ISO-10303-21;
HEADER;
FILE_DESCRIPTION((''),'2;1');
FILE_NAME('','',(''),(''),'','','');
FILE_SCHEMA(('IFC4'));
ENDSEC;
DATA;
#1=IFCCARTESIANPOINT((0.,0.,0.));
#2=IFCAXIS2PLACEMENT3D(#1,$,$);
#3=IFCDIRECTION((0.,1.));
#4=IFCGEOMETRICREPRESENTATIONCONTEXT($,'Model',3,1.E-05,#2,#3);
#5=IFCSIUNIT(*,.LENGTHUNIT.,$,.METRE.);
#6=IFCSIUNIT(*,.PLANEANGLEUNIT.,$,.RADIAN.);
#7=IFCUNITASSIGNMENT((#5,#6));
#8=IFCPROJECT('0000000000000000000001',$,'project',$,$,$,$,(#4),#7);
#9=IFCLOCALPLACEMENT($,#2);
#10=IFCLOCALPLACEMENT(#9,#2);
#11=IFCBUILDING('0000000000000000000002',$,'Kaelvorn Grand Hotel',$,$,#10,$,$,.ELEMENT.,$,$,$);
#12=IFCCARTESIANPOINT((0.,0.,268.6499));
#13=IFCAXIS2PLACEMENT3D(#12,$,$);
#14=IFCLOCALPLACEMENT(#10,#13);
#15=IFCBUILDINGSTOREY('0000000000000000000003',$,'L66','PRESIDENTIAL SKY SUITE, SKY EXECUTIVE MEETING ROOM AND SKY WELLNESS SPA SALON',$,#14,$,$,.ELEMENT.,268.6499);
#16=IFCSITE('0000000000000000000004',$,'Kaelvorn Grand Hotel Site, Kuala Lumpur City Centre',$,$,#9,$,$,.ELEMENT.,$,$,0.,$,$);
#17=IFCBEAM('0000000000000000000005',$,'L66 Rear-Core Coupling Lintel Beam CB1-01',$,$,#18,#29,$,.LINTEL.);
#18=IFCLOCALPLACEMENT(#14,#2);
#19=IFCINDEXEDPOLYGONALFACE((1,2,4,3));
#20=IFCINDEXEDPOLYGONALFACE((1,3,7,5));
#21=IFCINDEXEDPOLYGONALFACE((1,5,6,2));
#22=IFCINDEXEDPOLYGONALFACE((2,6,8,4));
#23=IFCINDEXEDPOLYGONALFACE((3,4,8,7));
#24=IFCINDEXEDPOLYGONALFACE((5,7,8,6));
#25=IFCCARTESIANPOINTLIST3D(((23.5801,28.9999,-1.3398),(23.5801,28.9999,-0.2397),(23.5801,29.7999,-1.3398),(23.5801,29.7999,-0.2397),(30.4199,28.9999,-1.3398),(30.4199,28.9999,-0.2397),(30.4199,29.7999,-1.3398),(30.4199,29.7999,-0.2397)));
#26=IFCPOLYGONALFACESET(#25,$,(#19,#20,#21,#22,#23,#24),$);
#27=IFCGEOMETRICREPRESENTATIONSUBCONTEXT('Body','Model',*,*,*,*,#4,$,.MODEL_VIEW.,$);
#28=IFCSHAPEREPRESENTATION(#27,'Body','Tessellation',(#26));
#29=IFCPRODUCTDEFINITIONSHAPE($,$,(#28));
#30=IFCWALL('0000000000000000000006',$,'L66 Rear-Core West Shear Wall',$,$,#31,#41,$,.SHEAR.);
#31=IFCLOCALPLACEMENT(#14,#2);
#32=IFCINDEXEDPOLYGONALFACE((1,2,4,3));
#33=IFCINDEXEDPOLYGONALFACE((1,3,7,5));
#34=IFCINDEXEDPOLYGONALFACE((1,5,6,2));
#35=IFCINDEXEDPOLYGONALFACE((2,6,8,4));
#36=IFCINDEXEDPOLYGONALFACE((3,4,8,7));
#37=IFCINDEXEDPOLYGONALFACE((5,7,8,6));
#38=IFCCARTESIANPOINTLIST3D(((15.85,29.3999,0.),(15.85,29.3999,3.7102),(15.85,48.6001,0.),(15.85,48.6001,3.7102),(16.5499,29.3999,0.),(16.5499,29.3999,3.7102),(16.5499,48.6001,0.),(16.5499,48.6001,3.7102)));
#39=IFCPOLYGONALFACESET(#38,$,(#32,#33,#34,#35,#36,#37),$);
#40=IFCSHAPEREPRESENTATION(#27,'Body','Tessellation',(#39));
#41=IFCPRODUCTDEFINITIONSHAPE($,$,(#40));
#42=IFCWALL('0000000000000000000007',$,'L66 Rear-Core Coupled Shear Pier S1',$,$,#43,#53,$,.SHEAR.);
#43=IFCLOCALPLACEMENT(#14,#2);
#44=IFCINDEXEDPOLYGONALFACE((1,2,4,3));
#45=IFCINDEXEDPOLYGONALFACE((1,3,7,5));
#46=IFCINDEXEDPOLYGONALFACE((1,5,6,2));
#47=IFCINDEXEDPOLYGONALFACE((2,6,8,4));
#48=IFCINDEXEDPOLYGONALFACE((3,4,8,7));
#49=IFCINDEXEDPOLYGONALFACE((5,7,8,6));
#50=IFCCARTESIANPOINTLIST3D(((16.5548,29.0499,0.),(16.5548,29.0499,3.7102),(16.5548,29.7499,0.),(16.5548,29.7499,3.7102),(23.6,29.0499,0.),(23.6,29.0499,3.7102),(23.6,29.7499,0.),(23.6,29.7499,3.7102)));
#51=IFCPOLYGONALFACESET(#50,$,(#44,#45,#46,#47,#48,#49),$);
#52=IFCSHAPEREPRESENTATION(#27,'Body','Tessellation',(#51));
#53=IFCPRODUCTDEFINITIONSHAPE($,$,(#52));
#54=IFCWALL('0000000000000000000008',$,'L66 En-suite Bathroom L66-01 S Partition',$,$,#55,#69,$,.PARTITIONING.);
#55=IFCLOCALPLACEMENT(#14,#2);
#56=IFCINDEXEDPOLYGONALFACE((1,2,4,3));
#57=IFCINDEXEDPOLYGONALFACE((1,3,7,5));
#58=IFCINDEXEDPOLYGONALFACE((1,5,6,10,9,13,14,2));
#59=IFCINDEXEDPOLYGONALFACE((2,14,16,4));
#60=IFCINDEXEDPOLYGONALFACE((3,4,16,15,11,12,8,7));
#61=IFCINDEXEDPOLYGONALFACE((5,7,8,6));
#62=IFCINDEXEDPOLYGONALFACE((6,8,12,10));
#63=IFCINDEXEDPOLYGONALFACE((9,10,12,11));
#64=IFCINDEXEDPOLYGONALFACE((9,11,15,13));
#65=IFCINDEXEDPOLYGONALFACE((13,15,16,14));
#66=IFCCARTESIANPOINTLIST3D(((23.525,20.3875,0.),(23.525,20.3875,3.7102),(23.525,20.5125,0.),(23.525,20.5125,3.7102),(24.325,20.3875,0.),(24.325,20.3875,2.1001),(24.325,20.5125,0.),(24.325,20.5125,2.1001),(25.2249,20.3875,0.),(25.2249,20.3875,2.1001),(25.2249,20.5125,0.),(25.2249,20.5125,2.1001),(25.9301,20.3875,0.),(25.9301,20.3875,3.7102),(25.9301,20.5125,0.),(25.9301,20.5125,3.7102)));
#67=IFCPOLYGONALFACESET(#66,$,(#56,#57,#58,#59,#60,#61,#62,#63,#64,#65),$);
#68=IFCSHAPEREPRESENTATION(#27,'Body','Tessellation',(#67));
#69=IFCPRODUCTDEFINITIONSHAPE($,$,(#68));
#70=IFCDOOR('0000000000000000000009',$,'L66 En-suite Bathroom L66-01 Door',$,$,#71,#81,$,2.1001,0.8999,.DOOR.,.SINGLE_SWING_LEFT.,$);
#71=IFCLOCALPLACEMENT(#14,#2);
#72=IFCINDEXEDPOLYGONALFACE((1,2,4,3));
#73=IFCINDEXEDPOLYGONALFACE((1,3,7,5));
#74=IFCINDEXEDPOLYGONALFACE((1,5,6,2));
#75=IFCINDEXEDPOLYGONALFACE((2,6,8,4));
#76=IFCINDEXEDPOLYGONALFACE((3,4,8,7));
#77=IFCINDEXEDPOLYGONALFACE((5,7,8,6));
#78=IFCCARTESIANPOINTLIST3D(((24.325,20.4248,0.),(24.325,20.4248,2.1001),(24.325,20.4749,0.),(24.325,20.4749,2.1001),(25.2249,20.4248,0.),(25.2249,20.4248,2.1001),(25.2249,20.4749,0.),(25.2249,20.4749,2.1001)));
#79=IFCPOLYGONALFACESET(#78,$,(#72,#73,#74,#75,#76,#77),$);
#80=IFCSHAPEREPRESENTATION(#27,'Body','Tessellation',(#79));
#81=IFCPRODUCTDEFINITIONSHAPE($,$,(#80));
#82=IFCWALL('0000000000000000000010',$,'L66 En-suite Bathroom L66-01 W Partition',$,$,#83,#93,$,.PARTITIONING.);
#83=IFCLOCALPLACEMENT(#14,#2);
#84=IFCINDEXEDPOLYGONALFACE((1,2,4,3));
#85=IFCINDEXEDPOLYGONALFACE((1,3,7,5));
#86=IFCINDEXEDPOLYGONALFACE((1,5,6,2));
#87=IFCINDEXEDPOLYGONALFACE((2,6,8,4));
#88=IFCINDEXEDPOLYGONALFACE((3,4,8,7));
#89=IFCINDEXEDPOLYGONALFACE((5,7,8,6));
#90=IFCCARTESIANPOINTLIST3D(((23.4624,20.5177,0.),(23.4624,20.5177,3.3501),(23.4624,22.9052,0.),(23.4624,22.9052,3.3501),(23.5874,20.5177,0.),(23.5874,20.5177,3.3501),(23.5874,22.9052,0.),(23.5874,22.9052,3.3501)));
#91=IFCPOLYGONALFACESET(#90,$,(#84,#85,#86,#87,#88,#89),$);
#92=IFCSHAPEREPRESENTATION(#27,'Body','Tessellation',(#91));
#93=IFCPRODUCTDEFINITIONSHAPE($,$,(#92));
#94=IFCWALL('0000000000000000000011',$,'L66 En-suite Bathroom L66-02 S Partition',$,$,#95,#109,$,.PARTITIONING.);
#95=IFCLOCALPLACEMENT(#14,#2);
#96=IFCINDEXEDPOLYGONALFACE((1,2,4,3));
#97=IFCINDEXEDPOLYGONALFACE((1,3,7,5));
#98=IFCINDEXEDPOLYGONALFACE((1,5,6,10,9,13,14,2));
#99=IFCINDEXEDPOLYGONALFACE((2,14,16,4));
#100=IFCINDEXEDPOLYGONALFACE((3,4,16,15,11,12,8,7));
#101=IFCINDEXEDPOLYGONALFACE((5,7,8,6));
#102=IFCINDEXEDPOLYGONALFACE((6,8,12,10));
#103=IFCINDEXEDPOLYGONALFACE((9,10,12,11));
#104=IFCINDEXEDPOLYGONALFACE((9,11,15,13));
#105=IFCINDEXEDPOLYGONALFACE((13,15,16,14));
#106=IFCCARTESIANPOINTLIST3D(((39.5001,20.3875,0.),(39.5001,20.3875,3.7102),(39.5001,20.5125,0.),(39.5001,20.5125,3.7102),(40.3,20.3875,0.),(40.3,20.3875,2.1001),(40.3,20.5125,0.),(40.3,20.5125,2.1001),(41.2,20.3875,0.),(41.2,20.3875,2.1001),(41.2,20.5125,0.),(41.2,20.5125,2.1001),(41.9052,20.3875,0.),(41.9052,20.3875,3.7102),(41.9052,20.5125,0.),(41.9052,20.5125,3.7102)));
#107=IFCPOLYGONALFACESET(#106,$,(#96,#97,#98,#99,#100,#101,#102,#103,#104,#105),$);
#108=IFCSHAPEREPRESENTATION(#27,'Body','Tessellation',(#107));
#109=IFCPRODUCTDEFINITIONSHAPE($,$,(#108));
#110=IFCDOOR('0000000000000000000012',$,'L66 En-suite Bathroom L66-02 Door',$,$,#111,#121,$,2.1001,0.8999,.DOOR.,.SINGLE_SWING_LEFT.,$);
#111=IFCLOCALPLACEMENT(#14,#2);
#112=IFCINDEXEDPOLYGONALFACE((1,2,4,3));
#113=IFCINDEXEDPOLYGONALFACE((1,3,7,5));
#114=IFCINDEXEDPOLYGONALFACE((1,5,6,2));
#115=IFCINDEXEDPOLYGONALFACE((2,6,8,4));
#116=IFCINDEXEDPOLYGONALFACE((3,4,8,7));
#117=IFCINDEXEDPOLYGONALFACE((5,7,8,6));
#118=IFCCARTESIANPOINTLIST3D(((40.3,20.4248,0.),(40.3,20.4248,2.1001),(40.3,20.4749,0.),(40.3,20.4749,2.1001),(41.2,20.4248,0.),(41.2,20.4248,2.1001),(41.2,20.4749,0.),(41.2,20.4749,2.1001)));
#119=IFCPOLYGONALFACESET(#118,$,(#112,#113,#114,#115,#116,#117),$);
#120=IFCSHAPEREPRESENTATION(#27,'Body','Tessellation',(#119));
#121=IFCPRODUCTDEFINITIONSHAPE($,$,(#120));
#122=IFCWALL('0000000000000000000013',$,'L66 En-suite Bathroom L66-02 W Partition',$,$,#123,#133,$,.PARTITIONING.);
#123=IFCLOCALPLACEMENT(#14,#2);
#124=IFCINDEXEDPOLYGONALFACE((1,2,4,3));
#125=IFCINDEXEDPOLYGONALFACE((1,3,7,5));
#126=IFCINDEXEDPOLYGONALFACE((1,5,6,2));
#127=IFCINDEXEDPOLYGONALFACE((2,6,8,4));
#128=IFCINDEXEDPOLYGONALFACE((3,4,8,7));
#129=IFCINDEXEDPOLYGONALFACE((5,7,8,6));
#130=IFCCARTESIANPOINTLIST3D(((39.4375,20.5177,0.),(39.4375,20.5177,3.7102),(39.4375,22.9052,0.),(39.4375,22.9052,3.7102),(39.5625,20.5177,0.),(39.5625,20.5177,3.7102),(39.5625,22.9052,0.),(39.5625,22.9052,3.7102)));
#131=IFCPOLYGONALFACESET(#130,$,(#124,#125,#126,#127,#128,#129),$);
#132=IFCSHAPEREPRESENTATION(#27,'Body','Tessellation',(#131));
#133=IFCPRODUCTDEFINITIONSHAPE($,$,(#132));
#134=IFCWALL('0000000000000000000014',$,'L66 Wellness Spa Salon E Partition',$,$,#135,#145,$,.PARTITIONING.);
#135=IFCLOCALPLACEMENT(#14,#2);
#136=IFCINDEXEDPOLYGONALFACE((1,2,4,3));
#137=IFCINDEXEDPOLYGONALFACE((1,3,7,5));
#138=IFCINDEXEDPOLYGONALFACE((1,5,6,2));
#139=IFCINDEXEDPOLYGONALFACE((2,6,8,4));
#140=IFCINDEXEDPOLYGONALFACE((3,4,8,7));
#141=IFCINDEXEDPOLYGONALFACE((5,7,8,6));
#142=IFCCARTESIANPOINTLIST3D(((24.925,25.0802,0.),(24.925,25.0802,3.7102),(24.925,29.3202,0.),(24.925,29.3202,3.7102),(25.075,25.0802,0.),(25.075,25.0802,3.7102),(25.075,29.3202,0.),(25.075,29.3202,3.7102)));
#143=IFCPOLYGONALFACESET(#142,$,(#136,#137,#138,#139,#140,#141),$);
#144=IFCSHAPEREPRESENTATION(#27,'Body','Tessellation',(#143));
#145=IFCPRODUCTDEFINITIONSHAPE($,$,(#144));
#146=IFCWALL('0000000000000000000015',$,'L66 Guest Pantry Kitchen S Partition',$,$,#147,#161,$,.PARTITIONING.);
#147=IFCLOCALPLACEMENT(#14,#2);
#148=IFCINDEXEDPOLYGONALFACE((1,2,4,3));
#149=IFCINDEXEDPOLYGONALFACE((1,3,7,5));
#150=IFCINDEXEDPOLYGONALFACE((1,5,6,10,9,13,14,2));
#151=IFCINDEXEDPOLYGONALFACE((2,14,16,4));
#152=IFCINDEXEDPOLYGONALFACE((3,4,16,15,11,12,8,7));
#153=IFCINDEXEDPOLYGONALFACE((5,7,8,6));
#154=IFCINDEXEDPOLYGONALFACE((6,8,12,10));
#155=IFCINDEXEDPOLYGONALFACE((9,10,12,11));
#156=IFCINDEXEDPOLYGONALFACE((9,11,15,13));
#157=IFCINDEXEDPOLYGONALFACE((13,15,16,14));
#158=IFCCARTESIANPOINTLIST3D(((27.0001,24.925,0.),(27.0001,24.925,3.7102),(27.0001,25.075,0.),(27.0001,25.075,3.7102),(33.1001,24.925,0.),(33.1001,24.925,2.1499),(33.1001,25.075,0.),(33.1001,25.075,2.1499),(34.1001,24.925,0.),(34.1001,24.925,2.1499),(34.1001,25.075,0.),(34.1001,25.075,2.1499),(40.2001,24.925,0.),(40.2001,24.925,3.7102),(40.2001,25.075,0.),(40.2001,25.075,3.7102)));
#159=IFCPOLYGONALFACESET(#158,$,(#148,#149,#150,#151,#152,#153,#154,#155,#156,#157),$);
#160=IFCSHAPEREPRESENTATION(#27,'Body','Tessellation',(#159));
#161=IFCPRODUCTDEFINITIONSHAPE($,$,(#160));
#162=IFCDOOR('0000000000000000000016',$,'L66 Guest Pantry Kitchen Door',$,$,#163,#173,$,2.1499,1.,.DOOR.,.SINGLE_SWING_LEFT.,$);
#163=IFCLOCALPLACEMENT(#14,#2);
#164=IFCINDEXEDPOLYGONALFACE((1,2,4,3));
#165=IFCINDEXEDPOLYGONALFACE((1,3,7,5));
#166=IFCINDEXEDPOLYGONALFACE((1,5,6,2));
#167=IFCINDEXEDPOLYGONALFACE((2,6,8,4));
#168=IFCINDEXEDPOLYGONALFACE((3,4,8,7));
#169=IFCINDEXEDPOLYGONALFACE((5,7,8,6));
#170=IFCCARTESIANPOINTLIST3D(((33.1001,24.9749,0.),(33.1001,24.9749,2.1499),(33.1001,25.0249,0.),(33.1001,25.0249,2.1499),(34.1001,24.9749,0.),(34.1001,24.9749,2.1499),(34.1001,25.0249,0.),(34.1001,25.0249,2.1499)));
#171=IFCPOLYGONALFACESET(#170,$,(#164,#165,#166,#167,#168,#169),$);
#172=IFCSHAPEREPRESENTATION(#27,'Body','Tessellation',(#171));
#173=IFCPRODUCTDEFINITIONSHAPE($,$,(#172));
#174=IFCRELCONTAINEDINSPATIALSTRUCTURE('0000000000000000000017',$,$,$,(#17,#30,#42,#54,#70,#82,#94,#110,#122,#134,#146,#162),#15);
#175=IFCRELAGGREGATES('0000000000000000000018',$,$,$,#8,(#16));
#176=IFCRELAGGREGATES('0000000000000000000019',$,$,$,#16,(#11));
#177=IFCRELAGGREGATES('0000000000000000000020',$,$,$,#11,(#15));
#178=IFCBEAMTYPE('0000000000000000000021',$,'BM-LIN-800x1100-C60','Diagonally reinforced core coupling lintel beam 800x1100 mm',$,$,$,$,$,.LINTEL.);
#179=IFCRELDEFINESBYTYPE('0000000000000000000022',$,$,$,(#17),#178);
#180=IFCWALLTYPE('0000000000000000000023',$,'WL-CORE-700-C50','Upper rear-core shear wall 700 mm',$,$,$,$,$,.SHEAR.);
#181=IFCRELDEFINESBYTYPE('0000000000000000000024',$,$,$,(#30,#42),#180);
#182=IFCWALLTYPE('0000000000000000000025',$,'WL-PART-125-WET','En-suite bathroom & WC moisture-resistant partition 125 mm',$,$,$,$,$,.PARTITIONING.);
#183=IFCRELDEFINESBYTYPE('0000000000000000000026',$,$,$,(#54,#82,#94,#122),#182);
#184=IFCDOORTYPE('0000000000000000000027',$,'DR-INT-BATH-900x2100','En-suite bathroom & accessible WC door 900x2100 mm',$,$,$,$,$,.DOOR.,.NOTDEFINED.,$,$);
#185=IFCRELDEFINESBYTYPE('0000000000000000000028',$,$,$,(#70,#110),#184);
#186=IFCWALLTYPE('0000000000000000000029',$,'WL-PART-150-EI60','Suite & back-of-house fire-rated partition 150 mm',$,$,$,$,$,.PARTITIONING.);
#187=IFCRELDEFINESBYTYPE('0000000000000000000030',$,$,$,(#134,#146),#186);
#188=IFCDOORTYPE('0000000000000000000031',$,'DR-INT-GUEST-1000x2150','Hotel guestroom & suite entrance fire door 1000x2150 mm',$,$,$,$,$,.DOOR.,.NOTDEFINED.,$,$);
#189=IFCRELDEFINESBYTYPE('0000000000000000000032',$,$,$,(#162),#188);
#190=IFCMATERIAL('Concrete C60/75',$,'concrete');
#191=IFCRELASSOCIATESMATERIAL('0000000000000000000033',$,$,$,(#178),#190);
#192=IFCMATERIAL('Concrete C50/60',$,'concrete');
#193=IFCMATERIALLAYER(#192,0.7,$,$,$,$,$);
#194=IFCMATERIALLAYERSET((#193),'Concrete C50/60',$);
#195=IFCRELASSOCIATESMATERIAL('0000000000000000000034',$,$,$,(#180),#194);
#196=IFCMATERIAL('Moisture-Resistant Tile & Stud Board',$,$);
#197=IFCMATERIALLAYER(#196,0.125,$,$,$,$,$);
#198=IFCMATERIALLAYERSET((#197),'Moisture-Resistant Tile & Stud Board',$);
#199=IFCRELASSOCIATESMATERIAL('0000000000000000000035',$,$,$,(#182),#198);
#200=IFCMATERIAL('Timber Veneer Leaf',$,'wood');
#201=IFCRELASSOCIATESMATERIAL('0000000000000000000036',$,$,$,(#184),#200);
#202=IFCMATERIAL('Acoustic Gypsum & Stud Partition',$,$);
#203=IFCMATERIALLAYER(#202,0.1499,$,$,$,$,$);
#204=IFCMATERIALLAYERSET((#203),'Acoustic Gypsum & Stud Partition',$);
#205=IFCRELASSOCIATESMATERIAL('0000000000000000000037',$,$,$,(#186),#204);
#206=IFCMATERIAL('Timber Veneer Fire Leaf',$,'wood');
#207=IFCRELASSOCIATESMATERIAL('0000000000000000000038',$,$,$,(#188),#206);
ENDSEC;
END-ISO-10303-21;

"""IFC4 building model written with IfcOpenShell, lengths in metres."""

from ifc_helpers import new_model, si_unit, direction, frame, frame_2d, origin, origin_2d, place, context, subcontext, project, spatial, rectangle, extrude, material, layer, layer_set, material_profile, profile_set, type_object, element, fill, save


model = new_model("IFC4")

# Units and contexts
model_context = context("Model", 3, precision=1e-05, world=origin(), true_north=direction((0.0, 1.0)))
body_context = subcontext(model_context, "Body", "Model", "MODEL_VIEW")
ifc_project = project(units=[si_unit("LENGTHUNIT", "METRE"), si_unit("PLANEANGLEUNIT", "RADIAN")], contexts=[model_context])

# Site, building, storey
site_placement = place(None, origin())
site = spatial("IfcSite", under=ifc_project, at=site_placement, Name="Kaelvorn Grand Hotel Site, Kuala Lumpur City Centre", CompositionType="ELEMENT", RefElevation=0.0)
building_placement = place(site_placement, origin())
building = spatial("IfcBuilding", under=site, at=building_placement, Name="Kaelvorn Grand Hotel", CompositionType="ELEMENT")
storey_placement = place(building_placement, frame((0.0, 0.0, 268.6499)))
storey = spatial("IfcBuildingStorey", under=building, at=storey_placement, Name="L66", Description="PRESIDENTIAL SKY SUITE, SKY EXECUTIVE MEETING ROOM AND SKY WELLNESS SPA SALON", CompositionType="ELEMENT", Elevation=268.6499)

# Shared definitions
ifc_material_1 = material(Name="Concrete C50/60", Category="concrete")

# Beam
ifc_material_2 = material(Name="Concrete C60/75", Category="concrete")
ifc_material_profile_1 = material_profile(ifc_material_2, rectangle(XDim=0.8, YDim=1.1001, at=origin_2d()), Name="RC LINTEL 800x1100")
ifc_profile_set_1 = profile_set([ifc_material_profile_1], Name="Concrete C60/75")
beam_type_1 = type_object("IfcBeamType", Name="BM-LIN-800x1100-C60", Description="Diagonally reinforced core coupling lintel beam 800x1100 mm", PredefinedType="LINTEL", material=ifc_profile_set_1)
beam_1_placement = place(storey_placement, frame((23.5801, 29.3999, -0.7898), z_axis=(1.0, 0.0, 0.0), x_axis=(0.0, 1.0, 0.0)))
element("IfcBeam", 1, at=beam_1_placement, inside=storey, type_object=beam_type_1, Name="L66 Rear-Core Coupling Lintel Beam CB1-01", PredefinedType="LINTEL", context=body_context, shape_type="SweptSolid", body=[
    extrude(rectangle(XDim=0.8, YDim=1.1001, at=origin_2d()), origin(), (0.0, 0.0, 1.0), 6.8398),
])

# Walls
ifc_layer_1 = layer(ifc_material_1, 0.7)
ifc_layer_set_1 = layer_set([ifc_layer_1], Name="Concrete C50/60")
wall_type_1 = type_object("IfcWallType", Name="WL-CORE-700-C50", Description="Upper rear-core shear wall 700 mm", PredefinedType="SHEAR", material=ifc_layer_set_1)
wall_1_placement = place(storey_placement, frame((16.2, 29.3999, 0.0), z_axis=(0.0, 0.0, 1.0), x_axis=(0.0, 1.0, 0.0)))
element("IfcWall", 2, at=wall_1_placement, inside=storey, type_object=wall_type_1, Name="L66 Rear-Core West Shear Wall", PredefinedType="SHEAR", context=body_context, shape_type="SweptSolid", body=[
    extrude(rectangle(XDim=19.2002, YDim=0.7, at=frame_2d((9.6001, 0.0))), origin(), (0.0, 0.0, 1.0), 3.7102),
])
wall_2_placement = place(storey_placement, frame((16.5549, 29.3999, 0.0), z_axis=(0.0, 0.0, 1.0), x_axis=(1.0, 0.0, 0.0)))
element("IfcWall", 3, at=wall_2_placement, inside=storey, type_object=wall_type_1, Name="L66 Rear-Core Coupled Shear Pier S1", PredefinedType="SHEAR", context=body_context, shape_type="SweptSolid", body=[
    extrude(rectangle(XDim=7.0452, YDim=0.7, at=frame_2d((3.5225, 0.0))), origin(), (0.0, 0.0, 1.0), 3.7102),
])

# Wall, opening, door
ifc_material_3 = material(Name="Moisture-Resistant Tile & Stud Board")
ifc_layer_2 = layer(ifc_material_3, 0.125)
ifc_layer_set_2 = layer_set([ifc_layer_2], Name="Moisture-Resistant Tile & Stud Board")
wall_type_2 = type_object("IfcWallType", Name="WL-PART-125-WET", Description="En-suite bathroom & WC moisture-resistant partition 125 mm", PredefinedType="PARTITIONING", material=ifc_layer_set_2)
wall_3_placement = place(storey_placement, frame((23.5249, 20.45, 0.0), z_axis=(0.0, 0.0, 1.0), x_axis=(1.0, 0.0, 0.0)))
wall_3 = element("IfcWall", 4, at=wall_3_placement, inside=storey, type_object=wall_type_2, Name="L66 En-suite Bathroom L66-01 S Partition", PredefinedType="PARTITIONING", context=body_context, shape_type="SweptSolid", body=[
    extrude(rectangle(XDim=2.405, YDim=0.125, at=frame_2d((1.2026, 0.0))), origin(), (0.0, 0.0, 1.0), 3.7102),
])
opening_1_placement = place(wall_3_placement, frame((0.8, 0.0, 0.0)))
opening_1 = element("IfcOpeningElement", 5, at=opening_1_placement, cuts=wall_3, PredefinedType="OPENING", context=body_context, shape_type="SweptSolid", body=[
    extrude(rectangle(XDim=0.8999, YDim=2.1001, at=frame_2d((0.45, 1.05))), frame((0.0, 0.0725, 0.0), z_axis=(0.0, -1.0, 0.0), x_axis=(1.0, 0.0, 0.0)), (0.0, 0.0, 1.0), 0.145),
])
ifc_material_4 = material(Name="Timber Veneer Leaf", Category="wood")
door_type_1 = type_object("IfcDoorType", Name="DR-INT-BATH-900x2100", Description="En-suite bathroom & accessible WC door 900x2100 mm", OperationType="NOTDEFINED", PredefinedType="DOOR", material=ifc_material_4)
door_1_placement = place(opening_1_placement, origin())
door_1 = element("IfcDoor", 6, at=door_1_placement, inside=storey, type_object=door_type_1, Name="L66 En-suite Bathroom L66-01 Door", OperationType="SINGLE_SWING_LEFT", OverallHeight=2.1001, OverallWidth=0.8999, PredefinedType="DOOR", context=body_context, shape_type="SweptSolid", body=[
    extrude(rectangle(XDim=0.8999, YDim=2.1001, at=frame_2d((0.45, 1.05))), frame((0.0, 0.0249, 0.0), z_axis=(0.0, -1.0, 0.0), x_axis=(1.0, 0.0, 0.0)), (0.0, 0.0, 1.0), 0.05),
])
fill(opening_1, door_1)

# Wall
wall_4_placement = place(storey_placement, frame((23.5249, 20.5176, 0.0), z_axis=(0.0, 0.0, 1.0), x_axis=(0.0, 1.0, 0.0)))
element("IfcWall", 7, at=wall_4_placement, inside=storey, type_object=wall_type_2, Name="L66 En-suite Bathroom L66-01 W Partition", PredefinedType="PARTITIONING", context=body_context, shape_type="SweptSolid", body=[
    extrude(rectangle(XDim=2.3875, YDim=0.125, at=frame_2d((1.1938, 0.0))), origin(), (0.0, 0.0, 1.0), 3.3501),
])

# Wall, opening, door
wall_5_placement = place(storey_placement, frame((39.5, 20.45, 0.0), z_axis=(0.0, 0.0, 1.0), x_axis=(1.0, 0.0, 0.0)))
wall_5 = element("IfcWall", 8, at=wall_5_placement, inside=storey, type_object=wall_type_2, Name="L66 En-suite Bathroom L66-02 S Partition", PredefinedType="PARTITIONING", context=body_context, shape_type="SweptSolid", body=[
    extrude(rectangle(XDim=2.405, YDim=0.125, at=frame_2d((1.2026, 0.0))), origin(), (0.0, 0.0, 1.0), 3.7102),
])
opening_2_placement = place(wall_5_placement, frame((0.8, 0.0, 0.0)))
opening_2 = element("IfcOpeningElement", 9, at=opening_2_placement, cuts=wall_5, PredefinedType="OPENING", context=body_context, shape_type="SweptSolid", body=[
    extrude(rectangle(XDim=0.8999, YDim=2.1001, at=frame_2d((0.45, 1.05))), frame((0.0, 0.0725, 0.0), z_axis=(0.0, -1.0, 0.0), x_axis=(1.0, 0.0, 0.0)), (0.0, 0.0, 1.0), 0.145),
])
door_2_placement = place(opening_2_placement, origin())
door_2 = element("IfcDoor", 10, at=door_2_placement, inside=storey, type_object=door_type_1, Name="L66 En-suite Bathroom L66-02 Door", OperationType="SINGLE_SWING_LEFT", OverallHeight=2.1001, OverallWidth=0.8999, PredefinedType="DOOR", context=body_context, shape_type="SweptSolid", body=[
    extrude(rectangle(XDim=0.8999, YDim=2.1001, at=frame_2d((0.45, 1.05))), frame((0.0, 0.0249, 0.0), z_axis=(0.0, -1.0, 0.0), x_axis=(1.0, 0.0, 0.0)), (0.0, 0.0, 1.0), 0.05),
])
fill(opening_2, door_2)

# Walls
wall_6_placement = place(storey_placement, frame((39.5, 20.5176, 0.0), z_axis=(0.0, 0.0, 1.0), x_axis=(0.0, 1.0, 0.0)))
element("IfcWall", 11, at=wall_6_placement, inside=storey, type_object=wall_type_2, Name="L66 En-suite Bathroom L66-02 W Partition", PredefinedType="PARTITIONING", context=body_context, shape_type="SweptSolid", body=[
    extrude(rectangle(XDim=2.3875, YDim=0.125, at=frame_2d((1.1938, 0.0))), origin(), (0.0, 0.0, 1.0), 3.7102),
])
ifc_material_5 = material(Name="Acoustic Gypsum & Stud Partition")
ifc_layer_3 = layer(ifc_material_5, 0.1499)
ifc_layer_set_3 = layer_set([ifc_layer_3], Name="Acoustic Gypsum & Stud Partition")
wall_type_3 = type_object("IfcWallType", Name="WL-PART-150-EI60", Description="Suite & back-of-house fire-rated partition 150 mm", PredefinedType="PARTITIONING", material=ifc_layer_set_3)
wall_7_placement = place(storey_placement, frame((25.0, 25.0801, 0.0), z_axis=(0.0, 0.0, 1.0), x_axis=(0.0, 1.0, 0.0)))
element("IfcWall", 12, at=wall_7_placement, inside=storey, type_object=wall_type_3, Name="L66 Wellness Spa Salon E Partition", PredefinedType="PARTITIONING", context=body_context, shape_type="SweptSolid", body=[
    extrude(rectangle(XDim=4.24, YDim=0.1499, at=frame_2d((2.1201, 0.0))), origin(), (0.0, 0.0, 1.0), 3.7102),
])

# Wall, opening, door
wall_8_placement = place(storey_placement, frame((27.0, 25.0, 0.0), z_axis=(0.0, 0.0, 1.0), x_axis=(1.0, 0.0, 0.0)))
wall_8 = element("IfcWall", 13, at=wall_8_placement, inside=storey, type_object=wall_type_3, Name="L66 Guest Pantry Kitchen S Partition", PredefinedType="PARTITIONING", context=body_context, shape_type="SweptSolid", body=[
    extrude(rectangle(XDim=13.2, YDim=0.1499, at=frame_2d((6.6001, 0.0))), origin(), (0.0, 0.0, 1.0), 3.7102),
])
opening_3_placement = place(wall_8_placement, frame((6.1001, 0.0, 0.0)))
opening_3 = element("IfcOpeningElement", 14, at=opening_3_placement, cuts=wall_8, PredefinedType="OPENING", context=body_context, shape_type="SweptSolid", body=[
    extrude(rectangle(XDim=1.0, YDim=2.1499, at=frame_2d((0.5, 1.075))), frame((0.0, 0.085, 0.0), z_axis=(0.0, -1.0, 0.0), x_axis=(1.0, 0.0, 0.0)), (0.0, 0.0, 1.0), 0.1699),
])
ifc_material_6 = material(Name="Timber Veneer Fire Leaf", Category="wood")
door_type_2 = type_object("IfcDoorType", Name="DR-INT-GUEST-1000x2150", Description="Hotel guestroom & suite entrance fire door 1000x2150 mm", OperationType="NOTDEFINED", PredefinedType="DOOR", material=ifc_material_6)
door_3_placement = place(opening_3_placement, origin())
door_3 = element("IfcDoor", 15, at=door_3_placement, inside=storey, type_object=door_type_2, Name="L66 Guest Pantry Kitchen Door", OperationType="SINGLE_SWING_LEFT", OverallHeight=2.1499, OverallWidth=1.0, PredefinedType="DOOR", context=body_context, shape_type="SweptSolid", body=[
    extrude(rectangle(XDim=1.0, YDim=2.1499, at=frame_2d((0.5, 1.075))), frame((0.0, 0.0249, 0.0), z_axis=(0.0, -1.0, 0.0), x_axis=(1.0, 0.0, 0.0)), (0.0, 0.0, 1.0), 0.05),
])
fill(opening_3, door_3)

save(model, "model.ifc")
